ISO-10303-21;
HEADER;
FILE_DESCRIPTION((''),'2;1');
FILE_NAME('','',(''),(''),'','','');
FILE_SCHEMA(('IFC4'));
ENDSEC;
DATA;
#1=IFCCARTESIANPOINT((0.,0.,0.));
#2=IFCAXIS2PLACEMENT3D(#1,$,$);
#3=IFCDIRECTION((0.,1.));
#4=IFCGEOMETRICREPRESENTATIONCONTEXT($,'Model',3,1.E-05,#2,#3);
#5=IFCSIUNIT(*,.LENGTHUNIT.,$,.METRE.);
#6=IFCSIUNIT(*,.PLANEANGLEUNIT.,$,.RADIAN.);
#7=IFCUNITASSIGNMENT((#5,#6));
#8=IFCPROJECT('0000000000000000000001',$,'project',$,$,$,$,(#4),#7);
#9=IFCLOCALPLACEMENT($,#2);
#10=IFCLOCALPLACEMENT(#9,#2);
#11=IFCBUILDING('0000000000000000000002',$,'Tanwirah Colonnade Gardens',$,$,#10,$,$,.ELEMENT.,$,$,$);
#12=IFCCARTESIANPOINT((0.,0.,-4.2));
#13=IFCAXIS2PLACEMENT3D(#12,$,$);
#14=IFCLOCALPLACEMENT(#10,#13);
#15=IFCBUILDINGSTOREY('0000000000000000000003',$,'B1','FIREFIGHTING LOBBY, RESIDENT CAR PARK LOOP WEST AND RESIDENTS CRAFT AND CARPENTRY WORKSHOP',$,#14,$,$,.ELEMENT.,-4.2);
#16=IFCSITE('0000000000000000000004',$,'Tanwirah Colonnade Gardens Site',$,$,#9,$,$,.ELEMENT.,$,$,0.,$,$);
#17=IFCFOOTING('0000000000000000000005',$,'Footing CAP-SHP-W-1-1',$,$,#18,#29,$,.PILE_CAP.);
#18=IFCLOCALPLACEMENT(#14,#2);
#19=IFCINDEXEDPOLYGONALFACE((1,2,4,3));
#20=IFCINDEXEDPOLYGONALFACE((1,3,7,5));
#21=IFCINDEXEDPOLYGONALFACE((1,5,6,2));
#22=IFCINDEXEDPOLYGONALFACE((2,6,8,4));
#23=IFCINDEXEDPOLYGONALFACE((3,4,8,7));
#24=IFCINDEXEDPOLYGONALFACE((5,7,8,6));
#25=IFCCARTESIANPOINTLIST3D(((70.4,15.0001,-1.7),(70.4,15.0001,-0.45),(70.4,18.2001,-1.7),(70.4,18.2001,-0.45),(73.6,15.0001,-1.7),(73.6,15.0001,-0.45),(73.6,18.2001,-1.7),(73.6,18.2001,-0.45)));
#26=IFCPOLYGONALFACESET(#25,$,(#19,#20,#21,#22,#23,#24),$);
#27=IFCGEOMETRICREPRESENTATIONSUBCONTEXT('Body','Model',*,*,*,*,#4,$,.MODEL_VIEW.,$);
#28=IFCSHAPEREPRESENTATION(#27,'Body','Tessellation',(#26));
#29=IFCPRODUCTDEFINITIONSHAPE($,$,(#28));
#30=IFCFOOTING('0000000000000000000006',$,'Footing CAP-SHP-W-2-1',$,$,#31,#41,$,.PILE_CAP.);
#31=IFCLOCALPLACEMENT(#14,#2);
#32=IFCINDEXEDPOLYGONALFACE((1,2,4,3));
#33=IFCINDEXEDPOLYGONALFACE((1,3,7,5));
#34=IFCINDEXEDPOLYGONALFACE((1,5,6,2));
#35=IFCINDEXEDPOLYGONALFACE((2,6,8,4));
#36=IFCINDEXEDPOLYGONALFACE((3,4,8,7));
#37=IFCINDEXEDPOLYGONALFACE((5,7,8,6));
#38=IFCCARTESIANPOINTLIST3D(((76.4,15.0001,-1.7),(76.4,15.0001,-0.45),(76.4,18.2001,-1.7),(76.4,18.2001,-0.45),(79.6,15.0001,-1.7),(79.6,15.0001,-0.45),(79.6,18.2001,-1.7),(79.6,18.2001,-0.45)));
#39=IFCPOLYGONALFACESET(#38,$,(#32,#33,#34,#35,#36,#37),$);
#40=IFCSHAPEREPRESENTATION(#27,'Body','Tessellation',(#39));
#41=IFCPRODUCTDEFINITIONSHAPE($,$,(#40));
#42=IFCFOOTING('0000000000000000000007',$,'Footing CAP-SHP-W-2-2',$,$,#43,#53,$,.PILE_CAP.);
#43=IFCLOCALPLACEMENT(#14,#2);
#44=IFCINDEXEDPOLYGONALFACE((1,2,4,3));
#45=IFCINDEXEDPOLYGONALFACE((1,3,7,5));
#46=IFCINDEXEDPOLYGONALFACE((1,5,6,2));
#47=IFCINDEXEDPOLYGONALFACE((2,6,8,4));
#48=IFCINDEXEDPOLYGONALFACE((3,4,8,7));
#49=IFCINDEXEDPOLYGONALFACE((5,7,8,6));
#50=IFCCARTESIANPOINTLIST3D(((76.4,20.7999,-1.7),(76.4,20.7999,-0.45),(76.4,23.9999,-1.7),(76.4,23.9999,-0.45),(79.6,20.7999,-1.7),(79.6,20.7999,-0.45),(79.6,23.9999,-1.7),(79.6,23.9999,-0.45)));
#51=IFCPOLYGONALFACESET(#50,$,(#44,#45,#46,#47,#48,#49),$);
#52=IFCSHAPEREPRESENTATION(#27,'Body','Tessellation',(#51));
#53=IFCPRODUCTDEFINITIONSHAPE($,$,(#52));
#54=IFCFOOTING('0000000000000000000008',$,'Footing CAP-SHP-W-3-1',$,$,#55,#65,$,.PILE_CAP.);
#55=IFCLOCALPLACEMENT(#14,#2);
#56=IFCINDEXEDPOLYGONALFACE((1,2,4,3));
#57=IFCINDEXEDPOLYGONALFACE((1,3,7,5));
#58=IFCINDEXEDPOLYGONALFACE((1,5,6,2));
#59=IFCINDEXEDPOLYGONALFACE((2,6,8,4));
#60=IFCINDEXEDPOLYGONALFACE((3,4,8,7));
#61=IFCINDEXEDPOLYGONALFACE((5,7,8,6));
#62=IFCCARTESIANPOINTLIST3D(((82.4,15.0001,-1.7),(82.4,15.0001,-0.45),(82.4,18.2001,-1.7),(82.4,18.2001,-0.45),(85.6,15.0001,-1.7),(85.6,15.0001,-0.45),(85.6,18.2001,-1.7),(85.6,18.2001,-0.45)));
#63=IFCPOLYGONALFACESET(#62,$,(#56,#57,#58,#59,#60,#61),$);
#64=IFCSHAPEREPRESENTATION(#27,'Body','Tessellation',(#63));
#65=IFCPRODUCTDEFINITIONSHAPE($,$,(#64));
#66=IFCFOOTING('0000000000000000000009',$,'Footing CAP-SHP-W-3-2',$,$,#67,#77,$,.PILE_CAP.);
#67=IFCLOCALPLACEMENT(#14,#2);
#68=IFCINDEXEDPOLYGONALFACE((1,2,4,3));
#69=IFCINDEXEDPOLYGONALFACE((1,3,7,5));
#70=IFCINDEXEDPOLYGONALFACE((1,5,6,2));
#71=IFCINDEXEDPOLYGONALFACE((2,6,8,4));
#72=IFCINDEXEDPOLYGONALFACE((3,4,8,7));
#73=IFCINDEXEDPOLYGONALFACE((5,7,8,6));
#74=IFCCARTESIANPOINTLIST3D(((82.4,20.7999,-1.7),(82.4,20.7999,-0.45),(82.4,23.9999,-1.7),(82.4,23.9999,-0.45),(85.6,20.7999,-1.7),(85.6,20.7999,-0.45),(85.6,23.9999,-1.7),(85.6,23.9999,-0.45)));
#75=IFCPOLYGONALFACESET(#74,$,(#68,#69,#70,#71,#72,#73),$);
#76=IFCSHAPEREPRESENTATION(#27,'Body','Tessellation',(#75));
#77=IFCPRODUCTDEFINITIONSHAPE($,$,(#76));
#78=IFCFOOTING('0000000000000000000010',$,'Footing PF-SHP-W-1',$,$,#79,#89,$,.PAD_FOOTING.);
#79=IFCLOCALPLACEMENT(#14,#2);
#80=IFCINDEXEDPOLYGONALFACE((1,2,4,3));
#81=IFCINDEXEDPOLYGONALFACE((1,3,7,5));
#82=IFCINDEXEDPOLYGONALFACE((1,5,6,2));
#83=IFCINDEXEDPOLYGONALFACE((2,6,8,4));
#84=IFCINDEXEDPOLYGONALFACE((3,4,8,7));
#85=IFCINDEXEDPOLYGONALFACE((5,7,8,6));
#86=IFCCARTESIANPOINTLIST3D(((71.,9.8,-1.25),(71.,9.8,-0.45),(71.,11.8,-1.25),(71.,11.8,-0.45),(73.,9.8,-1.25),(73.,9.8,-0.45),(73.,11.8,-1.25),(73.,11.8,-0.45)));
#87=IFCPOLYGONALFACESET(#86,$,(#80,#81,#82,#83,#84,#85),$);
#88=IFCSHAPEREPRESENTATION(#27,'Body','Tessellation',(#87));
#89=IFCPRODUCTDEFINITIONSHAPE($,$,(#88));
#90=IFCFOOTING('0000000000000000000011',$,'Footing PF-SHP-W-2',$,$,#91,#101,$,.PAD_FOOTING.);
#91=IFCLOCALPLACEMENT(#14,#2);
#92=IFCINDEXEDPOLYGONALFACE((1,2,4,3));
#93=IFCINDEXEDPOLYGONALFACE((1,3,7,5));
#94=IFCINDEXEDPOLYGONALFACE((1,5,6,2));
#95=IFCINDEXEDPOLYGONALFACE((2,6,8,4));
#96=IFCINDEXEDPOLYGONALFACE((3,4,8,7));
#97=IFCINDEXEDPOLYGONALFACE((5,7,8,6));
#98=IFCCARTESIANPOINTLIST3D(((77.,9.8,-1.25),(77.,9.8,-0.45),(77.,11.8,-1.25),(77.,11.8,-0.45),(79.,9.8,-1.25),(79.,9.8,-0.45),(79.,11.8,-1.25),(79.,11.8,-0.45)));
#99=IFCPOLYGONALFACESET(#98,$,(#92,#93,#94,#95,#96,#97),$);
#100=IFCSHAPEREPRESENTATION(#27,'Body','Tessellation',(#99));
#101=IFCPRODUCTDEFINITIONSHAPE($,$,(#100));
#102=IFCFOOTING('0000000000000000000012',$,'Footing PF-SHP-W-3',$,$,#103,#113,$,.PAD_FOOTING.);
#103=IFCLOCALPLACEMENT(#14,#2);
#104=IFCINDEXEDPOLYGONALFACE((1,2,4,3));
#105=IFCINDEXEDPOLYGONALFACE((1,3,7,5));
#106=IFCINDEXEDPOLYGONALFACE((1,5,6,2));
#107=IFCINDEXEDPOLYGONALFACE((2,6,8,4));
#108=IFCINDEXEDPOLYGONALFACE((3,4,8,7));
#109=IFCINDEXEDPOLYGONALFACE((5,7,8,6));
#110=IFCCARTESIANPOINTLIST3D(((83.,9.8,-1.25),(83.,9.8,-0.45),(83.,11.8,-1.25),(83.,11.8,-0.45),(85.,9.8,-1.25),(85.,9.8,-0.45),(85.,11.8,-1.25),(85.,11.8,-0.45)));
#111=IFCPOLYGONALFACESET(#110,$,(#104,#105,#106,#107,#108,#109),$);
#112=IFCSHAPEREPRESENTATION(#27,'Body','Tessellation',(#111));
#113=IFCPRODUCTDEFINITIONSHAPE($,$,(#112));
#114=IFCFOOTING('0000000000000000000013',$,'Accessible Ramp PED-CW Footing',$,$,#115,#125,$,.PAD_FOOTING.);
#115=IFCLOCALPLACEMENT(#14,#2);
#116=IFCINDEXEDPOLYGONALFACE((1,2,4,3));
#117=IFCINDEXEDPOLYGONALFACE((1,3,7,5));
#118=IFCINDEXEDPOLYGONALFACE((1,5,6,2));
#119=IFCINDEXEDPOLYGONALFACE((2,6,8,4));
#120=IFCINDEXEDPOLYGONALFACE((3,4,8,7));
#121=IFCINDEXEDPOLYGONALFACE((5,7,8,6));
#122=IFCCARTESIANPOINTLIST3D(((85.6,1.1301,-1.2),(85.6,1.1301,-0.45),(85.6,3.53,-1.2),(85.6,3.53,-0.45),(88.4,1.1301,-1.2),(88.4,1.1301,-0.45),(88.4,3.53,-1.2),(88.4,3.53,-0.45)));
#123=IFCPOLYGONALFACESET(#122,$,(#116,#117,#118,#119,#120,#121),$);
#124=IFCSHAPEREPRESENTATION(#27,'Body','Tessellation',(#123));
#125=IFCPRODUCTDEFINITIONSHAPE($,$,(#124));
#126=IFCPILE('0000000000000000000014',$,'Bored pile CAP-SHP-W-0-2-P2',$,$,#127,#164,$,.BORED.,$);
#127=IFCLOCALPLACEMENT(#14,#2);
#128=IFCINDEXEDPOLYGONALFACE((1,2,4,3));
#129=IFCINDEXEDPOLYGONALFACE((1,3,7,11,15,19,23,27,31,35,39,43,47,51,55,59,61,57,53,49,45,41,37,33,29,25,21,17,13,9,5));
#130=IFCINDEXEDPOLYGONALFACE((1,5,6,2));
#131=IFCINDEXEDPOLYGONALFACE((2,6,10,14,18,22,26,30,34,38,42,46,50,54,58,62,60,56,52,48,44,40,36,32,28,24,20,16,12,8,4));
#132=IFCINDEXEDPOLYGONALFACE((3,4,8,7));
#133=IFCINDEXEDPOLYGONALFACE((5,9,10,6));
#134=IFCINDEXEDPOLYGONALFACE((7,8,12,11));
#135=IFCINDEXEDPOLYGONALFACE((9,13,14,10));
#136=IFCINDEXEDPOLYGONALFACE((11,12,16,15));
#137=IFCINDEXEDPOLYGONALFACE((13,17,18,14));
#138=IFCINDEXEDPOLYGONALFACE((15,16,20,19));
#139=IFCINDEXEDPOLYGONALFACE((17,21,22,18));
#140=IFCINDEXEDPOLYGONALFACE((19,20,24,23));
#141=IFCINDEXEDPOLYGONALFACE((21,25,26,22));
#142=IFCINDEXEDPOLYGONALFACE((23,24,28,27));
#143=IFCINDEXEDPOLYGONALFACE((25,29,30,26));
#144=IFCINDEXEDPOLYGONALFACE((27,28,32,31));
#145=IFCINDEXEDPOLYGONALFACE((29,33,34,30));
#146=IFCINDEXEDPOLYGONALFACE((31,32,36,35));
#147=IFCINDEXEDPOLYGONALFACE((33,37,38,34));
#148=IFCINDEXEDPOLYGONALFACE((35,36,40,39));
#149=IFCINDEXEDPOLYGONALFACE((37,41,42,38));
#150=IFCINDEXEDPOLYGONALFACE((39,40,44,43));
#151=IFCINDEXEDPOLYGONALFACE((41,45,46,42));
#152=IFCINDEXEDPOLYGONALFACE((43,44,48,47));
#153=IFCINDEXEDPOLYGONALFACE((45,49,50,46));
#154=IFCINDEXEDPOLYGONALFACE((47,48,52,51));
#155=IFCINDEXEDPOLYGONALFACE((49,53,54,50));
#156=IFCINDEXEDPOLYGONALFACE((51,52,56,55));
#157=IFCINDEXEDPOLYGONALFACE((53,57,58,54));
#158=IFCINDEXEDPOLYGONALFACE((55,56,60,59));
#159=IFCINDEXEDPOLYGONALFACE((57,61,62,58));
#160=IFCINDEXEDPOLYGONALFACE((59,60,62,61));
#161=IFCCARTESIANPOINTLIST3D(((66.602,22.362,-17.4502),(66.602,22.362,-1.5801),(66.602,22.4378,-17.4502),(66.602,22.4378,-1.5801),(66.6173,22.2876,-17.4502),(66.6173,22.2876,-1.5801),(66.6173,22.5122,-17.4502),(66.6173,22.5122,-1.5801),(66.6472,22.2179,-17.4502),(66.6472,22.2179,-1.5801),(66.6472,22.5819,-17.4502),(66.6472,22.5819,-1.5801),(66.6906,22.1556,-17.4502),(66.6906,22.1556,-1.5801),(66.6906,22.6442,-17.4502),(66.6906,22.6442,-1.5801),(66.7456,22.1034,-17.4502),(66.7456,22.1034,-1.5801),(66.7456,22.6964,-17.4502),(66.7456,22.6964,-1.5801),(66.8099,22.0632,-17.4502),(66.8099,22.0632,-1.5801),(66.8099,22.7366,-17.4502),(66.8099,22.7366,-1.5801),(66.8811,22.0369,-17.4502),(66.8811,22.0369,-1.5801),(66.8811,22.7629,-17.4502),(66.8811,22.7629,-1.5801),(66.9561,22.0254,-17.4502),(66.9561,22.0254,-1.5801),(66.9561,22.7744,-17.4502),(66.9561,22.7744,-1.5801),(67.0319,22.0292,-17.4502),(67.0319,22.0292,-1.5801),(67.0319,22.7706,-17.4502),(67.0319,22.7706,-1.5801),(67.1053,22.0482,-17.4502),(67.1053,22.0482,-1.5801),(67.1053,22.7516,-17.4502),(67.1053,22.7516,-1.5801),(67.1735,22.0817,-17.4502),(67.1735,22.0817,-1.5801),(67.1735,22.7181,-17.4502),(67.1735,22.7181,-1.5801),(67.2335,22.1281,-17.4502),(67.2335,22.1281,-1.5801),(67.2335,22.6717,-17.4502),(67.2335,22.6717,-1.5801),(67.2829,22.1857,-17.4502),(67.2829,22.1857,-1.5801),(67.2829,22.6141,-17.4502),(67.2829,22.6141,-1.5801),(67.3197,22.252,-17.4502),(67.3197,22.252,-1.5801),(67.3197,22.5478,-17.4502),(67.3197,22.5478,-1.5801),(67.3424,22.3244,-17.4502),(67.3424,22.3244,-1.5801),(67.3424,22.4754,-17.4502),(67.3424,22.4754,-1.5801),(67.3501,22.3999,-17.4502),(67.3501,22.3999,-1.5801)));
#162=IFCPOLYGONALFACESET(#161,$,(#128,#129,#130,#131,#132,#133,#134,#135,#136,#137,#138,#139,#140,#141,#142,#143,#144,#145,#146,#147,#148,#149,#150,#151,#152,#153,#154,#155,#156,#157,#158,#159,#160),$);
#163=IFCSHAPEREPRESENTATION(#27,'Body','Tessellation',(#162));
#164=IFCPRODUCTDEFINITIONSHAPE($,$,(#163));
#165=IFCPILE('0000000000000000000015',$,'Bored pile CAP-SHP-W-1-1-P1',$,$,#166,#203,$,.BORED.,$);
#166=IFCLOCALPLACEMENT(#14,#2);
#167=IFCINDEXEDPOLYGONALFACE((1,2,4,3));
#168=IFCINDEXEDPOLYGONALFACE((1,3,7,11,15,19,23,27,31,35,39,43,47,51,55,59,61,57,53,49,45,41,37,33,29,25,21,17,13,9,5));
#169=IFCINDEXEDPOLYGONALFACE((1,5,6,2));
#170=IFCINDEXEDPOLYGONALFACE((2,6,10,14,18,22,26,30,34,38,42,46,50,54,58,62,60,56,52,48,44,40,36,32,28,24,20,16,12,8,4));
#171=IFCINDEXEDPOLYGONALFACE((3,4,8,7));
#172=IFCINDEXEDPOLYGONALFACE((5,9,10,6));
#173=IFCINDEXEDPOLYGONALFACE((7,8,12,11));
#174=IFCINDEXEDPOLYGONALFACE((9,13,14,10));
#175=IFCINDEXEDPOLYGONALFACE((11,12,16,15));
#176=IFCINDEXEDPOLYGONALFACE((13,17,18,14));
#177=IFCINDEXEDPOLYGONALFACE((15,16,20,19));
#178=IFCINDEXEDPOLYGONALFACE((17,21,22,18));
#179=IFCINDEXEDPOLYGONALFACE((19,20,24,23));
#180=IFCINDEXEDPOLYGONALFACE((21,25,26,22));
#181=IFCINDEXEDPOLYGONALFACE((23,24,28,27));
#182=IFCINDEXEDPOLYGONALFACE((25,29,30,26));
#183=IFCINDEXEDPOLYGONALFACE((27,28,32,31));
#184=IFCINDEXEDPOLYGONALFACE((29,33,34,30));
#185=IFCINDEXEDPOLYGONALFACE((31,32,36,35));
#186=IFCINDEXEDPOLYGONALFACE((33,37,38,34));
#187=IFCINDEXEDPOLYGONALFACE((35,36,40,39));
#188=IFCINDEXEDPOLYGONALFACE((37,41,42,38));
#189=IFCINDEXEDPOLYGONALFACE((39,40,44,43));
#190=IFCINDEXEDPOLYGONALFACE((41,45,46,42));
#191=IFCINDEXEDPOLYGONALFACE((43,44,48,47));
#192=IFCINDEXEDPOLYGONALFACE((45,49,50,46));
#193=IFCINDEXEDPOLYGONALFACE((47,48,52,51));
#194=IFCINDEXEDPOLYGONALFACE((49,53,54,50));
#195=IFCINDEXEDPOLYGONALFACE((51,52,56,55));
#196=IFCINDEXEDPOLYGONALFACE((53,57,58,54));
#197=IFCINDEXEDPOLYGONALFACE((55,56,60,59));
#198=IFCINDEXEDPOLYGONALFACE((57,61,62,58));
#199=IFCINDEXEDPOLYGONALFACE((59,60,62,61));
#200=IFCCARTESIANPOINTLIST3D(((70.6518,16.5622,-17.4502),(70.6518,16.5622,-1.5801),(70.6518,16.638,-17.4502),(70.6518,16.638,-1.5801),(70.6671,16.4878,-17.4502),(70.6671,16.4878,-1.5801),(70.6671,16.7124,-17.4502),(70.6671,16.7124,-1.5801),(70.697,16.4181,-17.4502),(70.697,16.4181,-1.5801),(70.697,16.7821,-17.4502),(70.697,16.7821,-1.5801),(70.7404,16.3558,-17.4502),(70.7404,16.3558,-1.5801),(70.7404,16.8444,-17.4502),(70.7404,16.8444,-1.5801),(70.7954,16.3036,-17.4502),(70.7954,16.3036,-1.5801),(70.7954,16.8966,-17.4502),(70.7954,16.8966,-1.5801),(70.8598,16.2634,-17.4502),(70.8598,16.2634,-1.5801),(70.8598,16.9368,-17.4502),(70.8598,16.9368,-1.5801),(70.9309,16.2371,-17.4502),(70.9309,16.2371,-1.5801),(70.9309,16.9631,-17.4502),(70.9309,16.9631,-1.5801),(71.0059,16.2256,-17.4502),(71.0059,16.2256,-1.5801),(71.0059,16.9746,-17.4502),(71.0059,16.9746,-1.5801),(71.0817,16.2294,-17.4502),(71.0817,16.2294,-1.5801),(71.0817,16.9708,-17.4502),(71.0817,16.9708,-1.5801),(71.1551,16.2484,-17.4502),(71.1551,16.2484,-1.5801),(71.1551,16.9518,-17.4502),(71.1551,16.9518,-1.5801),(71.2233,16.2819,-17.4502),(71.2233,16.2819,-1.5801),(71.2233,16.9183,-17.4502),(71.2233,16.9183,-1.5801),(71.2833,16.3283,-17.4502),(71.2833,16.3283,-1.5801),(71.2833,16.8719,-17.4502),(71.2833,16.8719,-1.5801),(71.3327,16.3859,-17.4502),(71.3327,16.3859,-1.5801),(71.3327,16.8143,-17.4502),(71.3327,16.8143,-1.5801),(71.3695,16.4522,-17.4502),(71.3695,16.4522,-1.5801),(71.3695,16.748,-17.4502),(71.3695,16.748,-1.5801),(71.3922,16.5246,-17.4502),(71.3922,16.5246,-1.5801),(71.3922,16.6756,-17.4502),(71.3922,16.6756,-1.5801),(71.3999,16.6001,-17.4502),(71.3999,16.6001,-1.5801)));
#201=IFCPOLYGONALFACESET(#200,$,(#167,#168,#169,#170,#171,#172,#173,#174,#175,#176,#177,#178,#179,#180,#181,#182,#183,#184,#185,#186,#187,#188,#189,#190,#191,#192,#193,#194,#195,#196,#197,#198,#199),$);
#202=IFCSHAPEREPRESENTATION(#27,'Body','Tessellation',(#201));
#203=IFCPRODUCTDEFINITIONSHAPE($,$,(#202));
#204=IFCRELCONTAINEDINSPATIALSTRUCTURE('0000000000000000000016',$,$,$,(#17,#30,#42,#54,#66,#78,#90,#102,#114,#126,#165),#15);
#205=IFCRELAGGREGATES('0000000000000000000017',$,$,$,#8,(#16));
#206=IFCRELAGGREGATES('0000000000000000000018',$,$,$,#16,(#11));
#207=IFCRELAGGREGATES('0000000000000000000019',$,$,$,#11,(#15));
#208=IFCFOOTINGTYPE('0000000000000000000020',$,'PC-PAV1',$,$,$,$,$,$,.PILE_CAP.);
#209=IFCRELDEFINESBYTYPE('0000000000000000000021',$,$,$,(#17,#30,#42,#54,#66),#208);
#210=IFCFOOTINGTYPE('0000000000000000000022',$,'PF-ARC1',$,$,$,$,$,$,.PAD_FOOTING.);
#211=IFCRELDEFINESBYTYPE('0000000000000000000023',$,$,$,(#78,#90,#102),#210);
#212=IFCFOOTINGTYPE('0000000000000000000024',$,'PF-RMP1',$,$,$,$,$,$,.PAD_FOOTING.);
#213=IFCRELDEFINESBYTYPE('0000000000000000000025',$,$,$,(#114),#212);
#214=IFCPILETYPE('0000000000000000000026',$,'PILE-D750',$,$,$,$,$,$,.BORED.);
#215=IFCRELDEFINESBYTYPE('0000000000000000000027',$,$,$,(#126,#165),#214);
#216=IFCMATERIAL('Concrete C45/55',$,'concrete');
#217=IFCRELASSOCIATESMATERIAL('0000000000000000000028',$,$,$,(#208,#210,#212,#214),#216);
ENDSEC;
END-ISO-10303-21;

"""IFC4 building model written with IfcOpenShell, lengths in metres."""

from ifc_helpers import new_model, si_unit, direction, frame, origin, origin_2d, place, context, subcontext, project, spatial, rectangle, circle, extrude, material, material_profile, profile_set, type_object, element, save


model = new_model("IFC4")

# Units and contexts
model_context = context("Model", 3, precision=1e-05, world=origin(), true_north=direction((0.0, 1.0)))
body_context = subcontext(model_context, "Body", "Model", "MODEL_VIEW")
ifc_project = project(units=[si_unit("LENGTHUNIT", "METRE"), si_unit("PLANEANGLEUNIT", "RADIAN")], contexts=[model_context])

# Site, building, storey
site_placement = place(None, origin())
site = spatial("IfcSite", under=ifc_project, at=site_placement, Name="Tanwirah Colonnade Gardens Site", CompositionType="ELEMENT", RefElevation=0.0)
building_placement = place(site_placement, origin())
building = spatial("IfcBuilding", under=site, at=building_placement, Name="Tanwirah Colonnade Gardens", CompositionType="ELEMENT")
storey_placement = place(building_placement, frame((0.0, 0.0, -4.2)))
storey = spatial("IfcBuildingStorey", under=building, at=storey_placement, Name="B1", Description="FIREFIGHTING LOBBY, RESIDENT CAR PARK LOOP WEST AND RESIDENTS CRAFT AND CARPENTRY WORKSHOP", CompositionType="ELEMENT", Elevation=-4.2)

# Footings
ifc_material_1 = material(Name="Concrete C45/55", Category="concrete")
footing_type_1 = type_object("IfcFootingType", Name="PC-PAV1", PredefinedType="PILE_CAP", material=ifc_material_1)
for number, where, z_axis, x_axis, name in (
    (1, (72.0, 16.6001, -1.7), (0.0, 0.0, 1.0), (1.0, 0.0, 0.0), "Footing CAP-SHP-W-1-1"),
    (2, (78.0, 16.6001, -1.7), (0.0, 0.0, 1.0), (1.0, 0.0, 0.0), "Footing CAP-SHP-W-2-1"),
    (3, (78.0, 22.3999, -1.7), (0.0, 0.0, 1.0), (1.0, 0.0, 0.0), "Footing CAP-SHP-W-2-2"),
    (4, (84.0, 16.6001, -1.7), (0.0, 0.0, 1.0), (1.0, 0.0, 0.0), "Footing CAP-SHP-W-3-1"),
    (5, (84.0, 22.3999, -1.7), (0.0, 0.0, 1.0), (1.0, 0.0, 0.0), "Footing CAP-SHP-W-3-2"),
):
    element("IfcFooting", number, at=place(storey_placement, frame(where, z_axis=z_axis, x_axis=x_axis)), inside=storey, type_object=footing_type_1, Name=name, PredefinedType="PILE_CAP", context=body_context, shape_type="SweptSolid", body=[
        extrude(rectangle(XDim=3.2, YDim=3.2, at=origin_2d()), origin(), (0.0, 0.0, 1.0), 1.25),
    ])
footing_type_2 = type_object("IfcFootingType", Name="PF-ARC1", PredefinedType="PAD_FOOTING", material=ifc_material_1)
for number, where, z_axis, x_axis, name in (
    (6, (72.0, 10.8, -1.25), (0.0, 0.0, 1.0), (1.0, 0.0, 0.0), "Footing PF-SHP-W-1"),
    (7, (78.0, 10.8, -1.25), (0.0, 0.0, 1.0), (1.0, 0.0, 0.0), "Footing PF-SHP-W-2"),
    (8, (84.0, 10.8, -1.25), (0.0, 0.0, 1.0), (1.0, 0.0, 0.0), "Footing PF-SHP-W-3"),
):
    element("IfcFooting", number, at=place(storey_placement, frame(where, z_axis=z_axis, x_axis=x_axis)), inside=storey, type_object=footing_type_2, Name=name, PredefinedType="PAD_FOOTING", context=body_context, shape_type="SweptSolid", body=[
        extrude(rectangle(XDim=2.0, YDim=2.0, at=origin_2d()), origin(), (0.0, 0.0, 1.0), 0.8),
    ])
footing_type_3 = type_object("IfcFootingType", Name="PF-RMP1", PredefinedType="PAD_FOOTING", material=ifc_material_1)
footing_placement = place(storey_placement, frame((87.0, 2.3301, -1.2), z_axis=(0.0, 0.0, 1.0), x_axis=(1.0, 0.0, 0.0)))
element("IfcFooting", 9, at=footing_placement, inside=storey, type_object=footing_type_3, Name="Accessible Ramp PED-CW Footing", PredefinedType="PAD_FOOTING", context=body_context, shape_type="SweptSolid", body=[
    extrude(rectangle(XDim=2.8, YDim=2.3999, at=origin_2d()), origin(), (0.0, 0.0, 1.0), 0.75),
])

# Piles
ifc_material_profile_1 = material_profile(ifc_material_1, circle(Radius=0.375, at=origin_2d()), Name="PILE D750")
ifc_profile_set_1 = profile_set([ifc_material_profile_1], Name="Concrete C45/55")
pile_type = type_object("IfcPileType", Name="PILE-D750", PredefinedType="BORED", material=ifc_profile_set_1)
for number, where, z_axis, x_axis, name in (
    (10, (66.9751, 22.3999, -1.5801), (0.0, 0.0, -1.0), (1.0, 0.0, 0.0), "Bored pile CAP-SHP-W-0-2-P2"),
    (11, (71.0249, 16.6001, -1.5801), (0.0, 0.0, -1.0), (1.0, 0.0, 0.0), "Bored pile CAP-SHP-W-1-1-P1"),
):
    element("IfcPile", number, at=place(storey_placement, frame(where, z_axis=z_axis, x_axis=x_axis)), inside=storey, type_object=pile_type, Name=name, PredefinedType="BORED", context=body_context, shape_type="SweptSolid", body=[
        extrude(circle(Radius=0.375, at=origin_2d()), origin(), (0.0, 0.0, 1.0), 15.8701),
    ])

save(model, "model.ifc")
